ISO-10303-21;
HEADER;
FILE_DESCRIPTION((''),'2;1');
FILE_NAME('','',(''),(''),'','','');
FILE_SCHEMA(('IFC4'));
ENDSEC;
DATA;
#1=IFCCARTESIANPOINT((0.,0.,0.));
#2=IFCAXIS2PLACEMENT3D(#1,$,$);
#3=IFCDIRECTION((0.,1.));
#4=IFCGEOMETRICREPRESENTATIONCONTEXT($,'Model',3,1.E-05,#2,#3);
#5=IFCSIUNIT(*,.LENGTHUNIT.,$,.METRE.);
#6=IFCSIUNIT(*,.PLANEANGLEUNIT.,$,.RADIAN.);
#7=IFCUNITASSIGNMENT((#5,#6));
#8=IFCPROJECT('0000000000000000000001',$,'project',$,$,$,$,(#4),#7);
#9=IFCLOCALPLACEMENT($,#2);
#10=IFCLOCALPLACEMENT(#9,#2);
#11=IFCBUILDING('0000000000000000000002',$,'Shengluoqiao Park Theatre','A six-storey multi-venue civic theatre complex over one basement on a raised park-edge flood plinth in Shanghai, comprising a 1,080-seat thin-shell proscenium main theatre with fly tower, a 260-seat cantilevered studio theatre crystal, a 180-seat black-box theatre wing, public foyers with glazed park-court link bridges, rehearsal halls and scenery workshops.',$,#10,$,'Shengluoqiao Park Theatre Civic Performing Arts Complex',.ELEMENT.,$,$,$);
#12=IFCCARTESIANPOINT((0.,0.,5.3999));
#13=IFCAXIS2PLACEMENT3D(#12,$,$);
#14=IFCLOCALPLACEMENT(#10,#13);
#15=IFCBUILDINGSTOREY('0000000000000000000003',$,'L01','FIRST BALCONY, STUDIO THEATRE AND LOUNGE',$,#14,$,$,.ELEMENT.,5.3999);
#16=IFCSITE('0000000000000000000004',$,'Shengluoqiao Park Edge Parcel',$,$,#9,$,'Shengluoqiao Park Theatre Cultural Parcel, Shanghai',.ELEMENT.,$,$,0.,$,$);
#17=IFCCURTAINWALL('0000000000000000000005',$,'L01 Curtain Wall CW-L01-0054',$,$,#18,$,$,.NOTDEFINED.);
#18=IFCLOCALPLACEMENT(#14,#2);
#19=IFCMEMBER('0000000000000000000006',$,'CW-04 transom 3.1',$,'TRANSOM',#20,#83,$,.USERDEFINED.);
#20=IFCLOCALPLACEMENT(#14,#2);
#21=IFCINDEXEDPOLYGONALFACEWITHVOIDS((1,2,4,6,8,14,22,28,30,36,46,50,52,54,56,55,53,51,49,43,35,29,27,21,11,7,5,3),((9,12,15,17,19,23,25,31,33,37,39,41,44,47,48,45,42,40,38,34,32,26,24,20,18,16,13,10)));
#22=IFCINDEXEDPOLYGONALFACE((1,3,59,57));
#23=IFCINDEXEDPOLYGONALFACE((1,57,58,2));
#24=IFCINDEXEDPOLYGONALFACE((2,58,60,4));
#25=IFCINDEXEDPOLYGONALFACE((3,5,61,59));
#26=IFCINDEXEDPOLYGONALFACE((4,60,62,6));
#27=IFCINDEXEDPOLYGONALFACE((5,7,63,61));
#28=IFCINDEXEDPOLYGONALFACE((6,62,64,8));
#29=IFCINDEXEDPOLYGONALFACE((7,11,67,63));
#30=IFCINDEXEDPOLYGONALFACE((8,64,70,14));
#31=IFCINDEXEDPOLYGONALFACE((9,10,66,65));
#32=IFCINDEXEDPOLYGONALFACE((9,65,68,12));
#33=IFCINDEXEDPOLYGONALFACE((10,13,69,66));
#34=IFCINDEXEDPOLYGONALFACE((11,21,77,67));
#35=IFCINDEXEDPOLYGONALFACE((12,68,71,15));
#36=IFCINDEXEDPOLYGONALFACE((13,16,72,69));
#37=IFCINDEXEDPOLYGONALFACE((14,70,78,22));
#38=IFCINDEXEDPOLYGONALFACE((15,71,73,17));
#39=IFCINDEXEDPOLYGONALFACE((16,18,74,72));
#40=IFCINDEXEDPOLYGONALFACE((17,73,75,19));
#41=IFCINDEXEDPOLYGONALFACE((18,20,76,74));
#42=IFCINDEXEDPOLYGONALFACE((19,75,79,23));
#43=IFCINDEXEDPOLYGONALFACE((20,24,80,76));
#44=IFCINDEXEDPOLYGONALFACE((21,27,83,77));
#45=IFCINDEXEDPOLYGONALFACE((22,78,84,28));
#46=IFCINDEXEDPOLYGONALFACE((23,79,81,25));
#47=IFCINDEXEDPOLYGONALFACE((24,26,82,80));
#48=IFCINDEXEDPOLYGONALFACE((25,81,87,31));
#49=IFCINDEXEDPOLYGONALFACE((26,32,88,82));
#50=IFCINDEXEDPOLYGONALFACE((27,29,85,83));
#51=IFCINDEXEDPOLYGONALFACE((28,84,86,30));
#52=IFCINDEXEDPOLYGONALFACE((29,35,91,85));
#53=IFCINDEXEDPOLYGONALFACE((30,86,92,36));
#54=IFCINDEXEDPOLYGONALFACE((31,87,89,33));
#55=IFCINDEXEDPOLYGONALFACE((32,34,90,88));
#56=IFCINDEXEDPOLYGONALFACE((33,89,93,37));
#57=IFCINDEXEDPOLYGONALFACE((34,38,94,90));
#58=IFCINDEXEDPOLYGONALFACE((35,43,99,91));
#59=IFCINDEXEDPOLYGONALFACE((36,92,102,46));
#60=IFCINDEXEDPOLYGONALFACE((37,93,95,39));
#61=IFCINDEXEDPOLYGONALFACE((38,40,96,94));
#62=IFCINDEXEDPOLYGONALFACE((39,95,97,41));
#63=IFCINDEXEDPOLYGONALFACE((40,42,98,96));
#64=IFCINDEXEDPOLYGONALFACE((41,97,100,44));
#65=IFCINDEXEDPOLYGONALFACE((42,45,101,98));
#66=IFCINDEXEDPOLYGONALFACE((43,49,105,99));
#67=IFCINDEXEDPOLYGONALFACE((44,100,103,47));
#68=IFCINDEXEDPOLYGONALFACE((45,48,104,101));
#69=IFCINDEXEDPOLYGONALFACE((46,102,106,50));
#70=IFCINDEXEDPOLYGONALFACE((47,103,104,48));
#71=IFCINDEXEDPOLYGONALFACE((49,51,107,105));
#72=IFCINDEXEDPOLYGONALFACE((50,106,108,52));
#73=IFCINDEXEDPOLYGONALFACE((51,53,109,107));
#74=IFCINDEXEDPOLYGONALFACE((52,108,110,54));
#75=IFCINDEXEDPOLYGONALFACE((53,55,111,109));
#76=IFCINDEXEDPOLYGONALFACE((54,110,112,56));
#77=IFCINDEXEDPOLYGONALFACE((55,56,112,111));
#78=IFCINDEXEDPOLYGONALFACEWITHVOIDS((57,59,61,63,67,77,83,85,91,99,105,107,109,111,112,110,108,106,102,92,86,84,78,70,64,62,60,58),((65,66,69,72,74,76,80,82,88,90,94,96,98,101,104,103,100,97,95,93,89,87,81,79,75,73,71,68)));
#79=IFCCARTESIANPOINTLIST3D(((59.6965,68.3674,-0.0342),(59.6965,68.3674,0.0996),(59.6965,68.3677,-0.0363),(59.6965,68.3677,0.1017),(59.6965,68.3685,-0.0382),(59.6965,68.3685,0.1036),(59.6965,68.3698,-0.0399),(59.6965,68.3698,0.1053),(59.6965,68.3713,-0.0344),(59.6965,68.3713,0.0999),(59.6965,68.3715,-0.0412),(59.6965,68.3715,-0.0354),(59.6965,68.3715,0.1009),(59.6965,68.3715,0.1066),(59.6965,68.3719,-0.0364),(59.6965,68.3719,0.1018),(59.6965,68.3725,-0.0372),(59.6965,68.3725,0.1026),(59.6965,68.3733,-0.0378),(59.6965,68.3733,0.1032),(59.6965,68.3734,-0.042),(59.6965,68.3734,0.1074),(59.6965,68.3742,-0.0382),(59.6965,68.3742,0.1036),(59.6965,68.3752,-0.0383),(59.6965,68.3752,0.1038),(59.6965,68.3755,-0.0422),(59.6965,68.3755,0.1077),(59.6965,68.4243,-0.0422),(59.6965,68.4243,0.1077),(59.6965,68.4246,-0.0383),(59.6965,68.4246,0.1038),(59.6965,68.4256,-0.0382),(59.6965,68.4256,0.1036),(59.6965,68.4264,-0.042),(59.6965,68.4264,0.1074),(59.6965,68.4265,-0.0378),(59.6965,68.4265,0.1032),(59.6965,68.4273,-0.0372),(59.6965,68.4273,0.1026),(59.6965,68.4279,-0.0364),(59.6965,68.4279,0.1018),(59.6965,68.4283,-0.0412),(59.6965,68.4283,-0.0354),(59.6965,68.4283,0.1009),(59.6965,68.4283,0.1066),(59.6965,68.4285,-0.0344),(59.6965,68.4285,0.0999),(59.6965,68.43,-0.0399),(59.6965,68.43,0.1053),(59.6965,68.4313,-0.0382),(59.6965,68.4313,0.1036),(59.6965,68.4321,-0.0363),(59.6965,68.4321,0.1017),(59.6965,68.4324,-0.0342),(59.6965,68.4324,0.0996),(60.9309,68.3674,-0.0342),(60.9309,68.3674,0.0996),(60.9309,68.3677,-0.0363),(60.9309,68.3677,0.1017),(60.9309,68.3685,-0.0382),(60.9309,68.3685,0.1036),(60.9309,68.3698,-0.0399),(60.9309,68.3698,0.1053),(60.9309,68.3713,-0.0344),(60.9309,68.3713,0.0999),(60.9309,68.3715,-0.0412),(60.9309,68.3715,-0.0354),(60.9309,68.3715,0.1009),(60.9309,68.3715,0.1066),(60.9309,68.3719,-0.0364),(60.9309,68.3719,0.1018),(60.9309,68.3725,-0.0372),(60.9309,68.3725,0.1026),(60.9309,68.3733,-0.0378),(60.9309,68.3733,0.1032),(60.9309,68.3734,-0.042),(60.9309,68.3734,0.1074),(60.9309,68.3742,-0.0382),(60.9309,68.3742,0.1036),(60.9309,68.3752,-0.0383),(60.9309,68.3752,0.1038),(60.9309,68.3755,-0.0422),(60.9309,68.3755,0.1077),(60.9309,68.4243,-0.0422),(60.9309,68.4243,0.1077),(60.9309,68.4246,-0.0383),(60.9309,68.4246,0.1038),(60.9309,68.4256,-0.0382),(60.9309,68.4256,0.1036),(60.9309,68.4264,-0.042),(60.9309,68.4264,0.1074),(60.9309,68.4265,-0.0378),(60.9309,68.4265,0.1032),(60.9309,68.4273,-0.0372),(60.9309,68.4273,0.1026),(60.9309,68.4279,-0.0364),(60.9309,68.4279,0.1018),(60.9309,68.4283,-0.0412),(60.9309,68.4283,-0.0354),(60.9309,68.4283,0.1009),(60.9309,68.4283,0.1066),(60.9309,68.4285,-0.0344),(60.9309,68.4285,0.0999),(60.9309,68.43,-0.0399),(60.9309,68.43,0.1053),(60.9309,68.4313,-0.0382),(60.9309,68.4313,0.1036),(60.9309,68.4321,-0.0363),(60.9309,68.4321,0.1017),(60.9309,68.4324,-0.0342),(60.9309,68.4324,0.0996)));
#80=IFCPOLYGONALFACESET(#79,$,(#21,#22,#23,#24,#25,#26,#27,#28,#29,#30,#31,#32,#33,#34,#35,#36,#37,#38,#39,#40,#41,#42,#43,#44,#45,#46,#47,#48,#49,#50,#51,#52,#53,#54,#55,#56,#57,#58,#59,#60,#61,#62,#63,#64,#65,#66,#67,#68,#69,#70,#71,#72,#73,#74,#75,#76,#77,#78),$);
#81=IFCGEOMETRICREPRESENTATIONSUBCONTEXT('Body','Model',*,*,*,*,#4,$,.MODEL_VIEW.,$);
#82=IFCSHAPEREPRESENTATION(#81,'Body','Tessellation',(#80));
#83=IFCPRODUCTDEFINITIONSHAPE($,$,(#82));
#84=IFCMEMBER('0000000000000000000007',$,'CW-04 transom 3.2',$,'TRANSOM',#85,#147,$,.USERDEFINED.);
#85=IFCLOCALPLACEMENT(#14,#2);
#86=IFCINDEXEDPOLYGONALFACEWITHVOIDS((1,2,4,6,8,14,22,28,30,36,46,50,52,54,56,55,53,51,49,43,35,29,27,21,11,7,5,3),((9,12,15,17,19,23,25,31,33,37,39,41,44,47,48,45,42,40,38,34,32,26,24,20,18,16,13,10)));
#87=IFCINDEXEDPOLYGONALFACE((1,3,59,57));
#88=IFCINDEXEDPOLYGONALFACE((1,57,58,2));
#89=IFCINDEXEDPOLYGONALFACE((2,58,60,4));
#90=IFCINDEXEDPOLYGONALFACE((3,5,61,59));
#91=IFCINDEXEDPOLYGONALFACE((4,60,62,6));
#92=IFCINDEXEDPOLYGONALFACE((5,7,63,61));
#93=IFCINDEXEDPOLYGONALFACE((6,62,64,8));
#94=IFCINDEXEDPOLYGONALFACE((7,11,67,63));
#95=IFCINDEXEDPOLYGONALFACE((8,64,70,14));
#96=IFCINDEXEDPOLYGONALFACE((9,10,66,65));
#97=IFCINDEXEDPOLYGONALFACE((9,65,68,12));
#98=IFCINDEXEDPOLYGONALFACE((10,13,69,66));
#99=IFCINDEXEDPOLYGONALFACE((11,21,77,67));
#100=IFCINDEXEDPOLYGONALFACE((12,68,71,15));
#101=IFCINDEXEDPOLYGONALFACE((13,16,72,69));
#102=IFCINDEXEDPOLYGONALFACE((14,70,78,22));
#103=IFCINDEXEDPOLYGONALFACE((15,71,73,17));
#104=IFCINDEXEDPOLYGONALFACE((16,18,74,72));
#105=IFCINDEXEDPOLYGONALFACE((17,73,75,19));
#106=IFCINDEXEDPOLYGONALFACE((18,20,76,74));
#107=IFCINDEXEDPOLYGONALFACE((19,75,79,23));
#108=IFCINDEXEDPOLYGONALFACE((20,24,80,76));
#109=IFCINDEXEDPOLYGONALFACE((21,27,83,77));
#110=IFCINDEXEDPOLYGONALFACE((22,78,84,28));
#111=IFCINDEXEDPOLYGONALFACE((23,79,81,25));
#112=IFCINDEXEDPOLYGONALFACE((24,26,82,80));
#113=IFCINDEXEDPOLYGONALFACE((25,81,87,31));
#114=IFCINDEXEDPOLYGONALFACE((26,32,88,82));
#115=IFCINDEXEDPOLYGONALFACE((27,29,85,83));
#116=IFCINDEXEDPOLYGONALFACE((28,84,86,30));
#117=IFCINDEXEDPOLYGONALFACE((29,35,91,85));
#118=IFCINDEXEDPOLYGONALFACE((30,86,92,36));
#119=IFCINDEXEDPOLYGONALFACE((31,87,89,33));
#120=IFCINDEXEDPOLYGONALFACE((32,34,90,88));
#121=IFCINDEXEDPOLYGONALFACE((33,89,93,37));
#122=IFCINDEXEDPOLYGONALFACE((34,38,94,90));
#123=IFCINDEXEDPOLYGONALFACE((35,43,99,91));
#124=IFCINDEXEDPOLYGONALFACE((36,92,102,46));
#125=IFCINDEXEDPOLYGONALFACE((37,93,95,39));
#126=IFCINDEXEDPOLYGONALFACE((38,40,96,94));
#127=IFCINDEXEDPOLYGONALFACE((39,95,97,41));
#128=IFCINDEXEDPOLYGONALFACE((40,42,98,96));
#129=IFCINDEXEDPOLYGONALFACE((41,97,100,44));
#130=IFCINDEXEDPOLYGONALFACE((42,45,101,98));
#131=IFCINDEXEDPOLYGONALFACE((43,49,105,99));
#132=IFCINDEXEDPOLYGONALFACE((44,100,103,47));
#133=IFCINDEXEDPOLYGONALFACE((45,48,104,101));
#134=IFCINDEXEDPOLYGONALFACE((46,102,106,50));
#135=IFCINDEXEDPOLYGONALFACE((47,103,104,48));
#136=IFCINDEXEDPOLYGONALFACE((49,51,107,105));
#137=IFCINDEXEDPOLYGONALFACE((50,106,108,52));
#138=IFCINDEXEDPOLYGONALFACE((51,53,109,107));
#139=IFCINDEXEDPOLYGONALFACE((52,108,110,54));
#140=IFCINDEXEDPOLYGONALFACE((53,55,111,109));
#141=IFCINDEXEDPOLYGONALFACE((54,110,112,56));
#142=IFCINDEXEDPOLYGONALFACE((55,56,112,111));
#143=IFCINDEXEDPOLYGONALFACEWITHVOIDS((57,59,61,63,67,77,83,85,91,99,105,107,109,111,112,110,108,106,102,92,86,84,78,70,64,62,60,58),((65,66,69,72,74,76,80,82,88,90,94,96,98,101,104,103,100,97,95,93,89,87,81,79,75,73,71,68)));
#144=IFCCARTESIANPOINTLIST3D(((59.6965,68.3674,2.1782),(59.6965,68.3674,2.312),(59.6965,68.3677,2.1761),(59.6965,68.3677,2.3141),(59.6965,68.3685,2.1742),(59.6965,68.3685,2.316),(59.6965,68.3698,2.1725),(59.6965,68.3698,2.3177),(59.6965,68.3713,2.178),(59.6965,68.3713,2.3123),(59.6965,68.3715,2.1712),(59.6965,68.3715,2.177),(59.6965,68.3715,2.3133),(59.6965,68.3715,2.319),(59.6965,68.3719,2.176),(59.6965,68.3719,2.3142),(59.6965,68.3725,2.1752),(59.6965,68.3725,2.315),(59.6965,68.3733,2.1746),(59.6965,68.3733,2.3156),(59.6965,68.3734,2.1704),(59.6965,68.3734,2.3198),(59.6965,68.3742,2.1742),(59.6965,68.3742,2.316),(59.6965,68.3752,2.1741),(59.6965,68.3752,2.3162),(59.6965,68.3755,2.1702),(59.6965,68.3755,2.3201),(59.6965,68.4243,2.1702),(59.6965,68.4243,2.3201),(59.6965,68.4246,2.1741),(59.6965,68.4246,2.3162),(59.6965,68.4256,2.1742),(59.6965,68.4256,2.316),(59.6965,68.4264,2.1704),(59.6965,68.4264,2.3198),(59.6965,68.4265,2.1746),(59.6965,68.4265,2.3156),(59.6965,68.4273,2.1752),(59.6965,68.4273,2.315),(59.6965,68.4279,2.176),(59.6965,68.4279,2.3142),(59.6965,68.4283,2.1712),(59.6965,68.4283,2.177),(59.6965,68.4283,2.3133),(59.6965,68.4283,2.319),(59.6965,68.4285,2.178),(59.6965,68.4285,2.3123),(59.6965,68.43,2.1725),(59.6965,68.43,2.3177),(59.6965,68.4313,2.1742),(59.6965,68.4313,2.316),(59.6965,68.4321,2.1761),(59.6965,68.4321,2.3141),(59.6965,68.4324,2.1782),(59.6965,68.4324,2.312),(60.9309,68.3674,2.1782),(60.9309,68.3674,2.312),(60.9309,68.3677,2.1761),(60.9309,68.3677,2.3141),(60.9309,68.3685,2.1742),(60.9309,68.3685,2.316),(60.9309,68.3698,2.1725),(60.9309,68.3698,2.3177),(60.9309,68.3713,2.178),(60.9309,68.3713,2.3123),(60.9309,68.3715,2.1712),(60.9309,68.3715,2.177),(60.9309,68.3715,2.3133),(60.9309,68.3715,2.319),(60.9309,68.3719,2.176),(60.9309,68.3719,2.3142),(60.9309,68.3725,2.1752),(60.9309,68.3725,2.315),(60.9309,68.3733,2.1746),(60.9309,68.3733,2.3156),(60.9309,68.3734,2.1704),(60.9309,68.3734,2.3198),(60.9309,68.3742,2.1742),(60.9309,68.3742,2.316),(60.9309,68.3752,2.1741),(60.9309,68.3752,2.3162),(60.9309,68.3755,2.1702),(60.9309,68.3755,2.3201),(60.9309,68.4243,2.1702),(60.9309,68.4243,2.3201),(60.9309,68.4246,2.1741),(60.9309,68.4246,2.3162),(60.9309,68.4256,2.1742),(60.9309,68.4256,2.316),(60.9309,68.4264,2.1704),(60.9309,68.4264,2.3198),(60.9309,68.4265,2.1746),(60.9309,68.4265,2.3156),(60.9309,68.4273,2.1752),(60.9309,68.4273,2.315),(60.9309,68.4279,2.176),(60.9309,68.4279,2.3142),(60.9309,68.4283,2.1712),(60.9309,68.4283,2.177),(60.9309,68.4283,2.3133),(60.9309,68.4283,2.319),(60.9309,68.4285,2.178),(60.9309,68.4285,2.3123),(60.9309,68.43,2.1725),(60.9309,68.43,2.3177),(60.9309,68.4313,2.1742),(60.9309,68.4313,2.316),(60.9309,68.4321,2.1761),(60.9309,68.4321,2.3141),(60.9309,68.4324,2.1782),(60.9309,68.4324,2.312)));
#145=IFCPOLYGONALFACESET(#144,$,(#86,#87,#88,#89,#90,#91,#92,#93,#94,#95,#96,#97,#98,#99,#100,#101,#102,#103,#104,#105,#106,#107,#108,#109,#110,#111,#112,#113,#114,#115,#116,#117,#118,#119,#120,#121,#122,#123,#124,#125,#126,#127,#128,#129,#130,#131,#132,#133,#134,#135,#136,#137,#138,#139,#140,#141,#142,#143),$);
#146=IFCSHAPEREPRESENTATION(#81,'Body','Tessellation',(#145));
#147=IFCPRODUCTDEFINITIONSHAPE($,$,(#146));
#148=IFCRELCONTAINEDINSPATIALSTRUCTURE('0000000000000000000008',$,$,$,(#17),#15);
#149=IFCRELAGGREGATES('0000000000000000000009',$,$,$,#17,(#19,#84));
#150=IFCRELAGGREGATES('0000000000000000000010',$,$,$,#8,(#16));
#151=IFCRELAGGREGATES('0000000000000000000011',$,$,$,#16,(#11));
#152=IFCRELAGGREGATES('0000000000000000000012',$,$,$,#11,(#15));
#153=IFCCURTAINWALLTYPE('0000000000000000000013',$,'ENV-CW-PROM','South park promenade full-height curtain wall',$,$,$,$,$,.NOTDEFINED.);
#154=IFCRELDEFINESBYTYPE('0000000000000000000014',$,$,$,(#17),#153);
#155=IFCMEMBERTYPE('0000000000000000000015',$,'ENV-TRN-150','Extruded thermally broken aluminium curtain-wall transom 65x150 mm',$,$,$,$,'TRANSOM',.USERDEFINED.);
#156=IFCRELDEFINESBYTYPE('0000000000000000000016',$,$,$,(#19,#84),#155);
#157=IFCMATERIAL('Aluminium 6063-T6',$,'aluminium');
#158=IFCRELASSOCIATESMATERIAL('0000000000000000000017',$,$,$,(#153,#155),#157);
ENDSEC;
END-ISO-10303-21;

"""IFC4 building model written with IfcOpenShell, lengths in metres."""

from ifc_helpers import new_model, si_unit, direction, frame, origin, origin_2d, place, context, subcontext, project, spatial, hollow_rectangle, extrude, material, material_profile, profile_set, type_object, element, aggregate, save


model = new_model("IFC4")

# Units and contexts
model_context = context("Model", 3, precision=1e-05, world=origin(), true_north=direction((0.0, 1.0)))
body_context = subcontext(model_context, "Body", "Model", "MODEL_VIEW")
ifc_project = project(units=[si_unit("LENGTHUNIT", "METRE"), si_unit("PLANEANGLEUNIT", "RADIAN")], contexts=[model_context])

# Site, building, storey
site_placement = place(None, origin())
site = spatial("IfcSite", under=ifc_project, at=site_placement, Name="Shengluoqiao Park Edge Parcel", LongName="Shengluoqiao Park Theatre Cultural Parcel, Shanghai", CompositionType="ELEMENT", RefElevation=0.0)
building_placement = place(site_placement, origin())
building = spatial("IfcBuilding", under=site, at=building_placement, Name="Shengluoqiao Park Theatre", Description="A six-storey multi-venue civic theatre complex over one basement on a raised park-edge flood plinth in Shanghai, comprising a 1,080-seat thin-shell proscenium main theatre with fly tower, a 260-seat cantilevered studio theatre crystal, a 180-seat black-box theatre wing, public foyers with glazed park-court link bridges, rehearsal halls and scenery workshops.", LongName="Shengluoqiao Park Theatre Civic Performing Arts Complex", CompositionType="ELEMENT")
storey_placement = place(building_placement, frame((0.0, 0.0, 5.3999)))
storey = spatial("IfcBuildingStorey", under=building, at=storey_placement, Name="L01", Description="FIRST BALCONY, STUDIO THEATRE AND LOUNGE", CompositionType="ELEMENT", Elevation=5.3999)

# Curtain wall
ifc_material_1 = material(Name="Aluminium 6063-T6", Category="aluminium")
curtain_wall_type = type_object("IfcCurtainWallType", Name="ENV-CW-PROM", Description="South park promenade full-height curtain wall", PredefinedType="NOTDEFINED", material=ifc_material_1)
curtain_wall_1_placement = place(storey_placement, origin())
curtain_wall_1 = element("IfcCurtainWall", 1, at=curtain_wall_1_placement, inside=storey, type_object=curtain_wall_type, Name="L01 Curtain Wall CW-L01-0054", PredefinedType="NOTDEFINED")

# Members
ifc_material_profile_1 = material_profile(ifc_material_1, hollow_rectangle(XDim=0.0649, YDim=0.1499, WallThickness=0.0039, InnerFilletRadius=0.0039, OuterFilletRadius=0.0081, at=origin_2d()), Name="ALU TRANSOM 150x65x4")
ifc_profile_set_1 = profile_set([ifc_material_profile_1], Name="Aluminium 6063-T6")
member_type_1 = type_object("IfcMemberType", Name="ENV-TRN-150", Description="Extruded thermally broken aluminium curtain-wall transom 65x150 mm", ElementType="TRANSOM", PredefinedType="USERDEFINED", material=ifc_profile_set_1)
member_1_placement = place(storey_placement, frame((59.6965, 68.3999, 0.0327), z_axis=(1.0, 0.0, 0.0), x_axis=(0.0, 1.0, 0.0)))
member_1 = element("IfcMember", 2, at=member_1_placement, type_object=member_type_1, Name="CW-04 transom 3.1", ObjectType="TRANSOM", PredefinedType="USERDEFINED", context=body_context, shape_type="SweptSolid", body=[
    extrude(hollow_rectangle(XDim=0.0649, YDim=0.1499, WallThickness=0.0039, InnerFilletRadius=0.0039, OuterFilletRadius=0.0081, at=origin_2d()), origin(), (0.0, 0.0, 1.0), 1.2344),
])
member_2_placement = place(storey_placement, frame((59.6965, 68.3999, 2.2451), z_axis=(1.0, 0.0, 0.0), x_axis=(0.0, 1.0, 0.0)))
member_2 = element("IfcMember", 3, at=member_2_placement, type_object=member_type_1, Name="CW-04 transom 3.2", ObjectType="TRANSOM", PredefinedType="USERDEFINED", context=body_context, shape_type="SweptSolid", body=[
    extrude(hollow_rectangle(XDim=0.0649, YDim=0.1499, WallThickness=0.0039, InnerFilletRadius=0.0039, OuterFilletRadius=0.0081, at=origin_2d()), origin(), (0.0, 0.0, 1.0), 1.2344),
])

aggregate(curtain_wall_1, [member_1, member_2])

save(model, "model.ifc")
